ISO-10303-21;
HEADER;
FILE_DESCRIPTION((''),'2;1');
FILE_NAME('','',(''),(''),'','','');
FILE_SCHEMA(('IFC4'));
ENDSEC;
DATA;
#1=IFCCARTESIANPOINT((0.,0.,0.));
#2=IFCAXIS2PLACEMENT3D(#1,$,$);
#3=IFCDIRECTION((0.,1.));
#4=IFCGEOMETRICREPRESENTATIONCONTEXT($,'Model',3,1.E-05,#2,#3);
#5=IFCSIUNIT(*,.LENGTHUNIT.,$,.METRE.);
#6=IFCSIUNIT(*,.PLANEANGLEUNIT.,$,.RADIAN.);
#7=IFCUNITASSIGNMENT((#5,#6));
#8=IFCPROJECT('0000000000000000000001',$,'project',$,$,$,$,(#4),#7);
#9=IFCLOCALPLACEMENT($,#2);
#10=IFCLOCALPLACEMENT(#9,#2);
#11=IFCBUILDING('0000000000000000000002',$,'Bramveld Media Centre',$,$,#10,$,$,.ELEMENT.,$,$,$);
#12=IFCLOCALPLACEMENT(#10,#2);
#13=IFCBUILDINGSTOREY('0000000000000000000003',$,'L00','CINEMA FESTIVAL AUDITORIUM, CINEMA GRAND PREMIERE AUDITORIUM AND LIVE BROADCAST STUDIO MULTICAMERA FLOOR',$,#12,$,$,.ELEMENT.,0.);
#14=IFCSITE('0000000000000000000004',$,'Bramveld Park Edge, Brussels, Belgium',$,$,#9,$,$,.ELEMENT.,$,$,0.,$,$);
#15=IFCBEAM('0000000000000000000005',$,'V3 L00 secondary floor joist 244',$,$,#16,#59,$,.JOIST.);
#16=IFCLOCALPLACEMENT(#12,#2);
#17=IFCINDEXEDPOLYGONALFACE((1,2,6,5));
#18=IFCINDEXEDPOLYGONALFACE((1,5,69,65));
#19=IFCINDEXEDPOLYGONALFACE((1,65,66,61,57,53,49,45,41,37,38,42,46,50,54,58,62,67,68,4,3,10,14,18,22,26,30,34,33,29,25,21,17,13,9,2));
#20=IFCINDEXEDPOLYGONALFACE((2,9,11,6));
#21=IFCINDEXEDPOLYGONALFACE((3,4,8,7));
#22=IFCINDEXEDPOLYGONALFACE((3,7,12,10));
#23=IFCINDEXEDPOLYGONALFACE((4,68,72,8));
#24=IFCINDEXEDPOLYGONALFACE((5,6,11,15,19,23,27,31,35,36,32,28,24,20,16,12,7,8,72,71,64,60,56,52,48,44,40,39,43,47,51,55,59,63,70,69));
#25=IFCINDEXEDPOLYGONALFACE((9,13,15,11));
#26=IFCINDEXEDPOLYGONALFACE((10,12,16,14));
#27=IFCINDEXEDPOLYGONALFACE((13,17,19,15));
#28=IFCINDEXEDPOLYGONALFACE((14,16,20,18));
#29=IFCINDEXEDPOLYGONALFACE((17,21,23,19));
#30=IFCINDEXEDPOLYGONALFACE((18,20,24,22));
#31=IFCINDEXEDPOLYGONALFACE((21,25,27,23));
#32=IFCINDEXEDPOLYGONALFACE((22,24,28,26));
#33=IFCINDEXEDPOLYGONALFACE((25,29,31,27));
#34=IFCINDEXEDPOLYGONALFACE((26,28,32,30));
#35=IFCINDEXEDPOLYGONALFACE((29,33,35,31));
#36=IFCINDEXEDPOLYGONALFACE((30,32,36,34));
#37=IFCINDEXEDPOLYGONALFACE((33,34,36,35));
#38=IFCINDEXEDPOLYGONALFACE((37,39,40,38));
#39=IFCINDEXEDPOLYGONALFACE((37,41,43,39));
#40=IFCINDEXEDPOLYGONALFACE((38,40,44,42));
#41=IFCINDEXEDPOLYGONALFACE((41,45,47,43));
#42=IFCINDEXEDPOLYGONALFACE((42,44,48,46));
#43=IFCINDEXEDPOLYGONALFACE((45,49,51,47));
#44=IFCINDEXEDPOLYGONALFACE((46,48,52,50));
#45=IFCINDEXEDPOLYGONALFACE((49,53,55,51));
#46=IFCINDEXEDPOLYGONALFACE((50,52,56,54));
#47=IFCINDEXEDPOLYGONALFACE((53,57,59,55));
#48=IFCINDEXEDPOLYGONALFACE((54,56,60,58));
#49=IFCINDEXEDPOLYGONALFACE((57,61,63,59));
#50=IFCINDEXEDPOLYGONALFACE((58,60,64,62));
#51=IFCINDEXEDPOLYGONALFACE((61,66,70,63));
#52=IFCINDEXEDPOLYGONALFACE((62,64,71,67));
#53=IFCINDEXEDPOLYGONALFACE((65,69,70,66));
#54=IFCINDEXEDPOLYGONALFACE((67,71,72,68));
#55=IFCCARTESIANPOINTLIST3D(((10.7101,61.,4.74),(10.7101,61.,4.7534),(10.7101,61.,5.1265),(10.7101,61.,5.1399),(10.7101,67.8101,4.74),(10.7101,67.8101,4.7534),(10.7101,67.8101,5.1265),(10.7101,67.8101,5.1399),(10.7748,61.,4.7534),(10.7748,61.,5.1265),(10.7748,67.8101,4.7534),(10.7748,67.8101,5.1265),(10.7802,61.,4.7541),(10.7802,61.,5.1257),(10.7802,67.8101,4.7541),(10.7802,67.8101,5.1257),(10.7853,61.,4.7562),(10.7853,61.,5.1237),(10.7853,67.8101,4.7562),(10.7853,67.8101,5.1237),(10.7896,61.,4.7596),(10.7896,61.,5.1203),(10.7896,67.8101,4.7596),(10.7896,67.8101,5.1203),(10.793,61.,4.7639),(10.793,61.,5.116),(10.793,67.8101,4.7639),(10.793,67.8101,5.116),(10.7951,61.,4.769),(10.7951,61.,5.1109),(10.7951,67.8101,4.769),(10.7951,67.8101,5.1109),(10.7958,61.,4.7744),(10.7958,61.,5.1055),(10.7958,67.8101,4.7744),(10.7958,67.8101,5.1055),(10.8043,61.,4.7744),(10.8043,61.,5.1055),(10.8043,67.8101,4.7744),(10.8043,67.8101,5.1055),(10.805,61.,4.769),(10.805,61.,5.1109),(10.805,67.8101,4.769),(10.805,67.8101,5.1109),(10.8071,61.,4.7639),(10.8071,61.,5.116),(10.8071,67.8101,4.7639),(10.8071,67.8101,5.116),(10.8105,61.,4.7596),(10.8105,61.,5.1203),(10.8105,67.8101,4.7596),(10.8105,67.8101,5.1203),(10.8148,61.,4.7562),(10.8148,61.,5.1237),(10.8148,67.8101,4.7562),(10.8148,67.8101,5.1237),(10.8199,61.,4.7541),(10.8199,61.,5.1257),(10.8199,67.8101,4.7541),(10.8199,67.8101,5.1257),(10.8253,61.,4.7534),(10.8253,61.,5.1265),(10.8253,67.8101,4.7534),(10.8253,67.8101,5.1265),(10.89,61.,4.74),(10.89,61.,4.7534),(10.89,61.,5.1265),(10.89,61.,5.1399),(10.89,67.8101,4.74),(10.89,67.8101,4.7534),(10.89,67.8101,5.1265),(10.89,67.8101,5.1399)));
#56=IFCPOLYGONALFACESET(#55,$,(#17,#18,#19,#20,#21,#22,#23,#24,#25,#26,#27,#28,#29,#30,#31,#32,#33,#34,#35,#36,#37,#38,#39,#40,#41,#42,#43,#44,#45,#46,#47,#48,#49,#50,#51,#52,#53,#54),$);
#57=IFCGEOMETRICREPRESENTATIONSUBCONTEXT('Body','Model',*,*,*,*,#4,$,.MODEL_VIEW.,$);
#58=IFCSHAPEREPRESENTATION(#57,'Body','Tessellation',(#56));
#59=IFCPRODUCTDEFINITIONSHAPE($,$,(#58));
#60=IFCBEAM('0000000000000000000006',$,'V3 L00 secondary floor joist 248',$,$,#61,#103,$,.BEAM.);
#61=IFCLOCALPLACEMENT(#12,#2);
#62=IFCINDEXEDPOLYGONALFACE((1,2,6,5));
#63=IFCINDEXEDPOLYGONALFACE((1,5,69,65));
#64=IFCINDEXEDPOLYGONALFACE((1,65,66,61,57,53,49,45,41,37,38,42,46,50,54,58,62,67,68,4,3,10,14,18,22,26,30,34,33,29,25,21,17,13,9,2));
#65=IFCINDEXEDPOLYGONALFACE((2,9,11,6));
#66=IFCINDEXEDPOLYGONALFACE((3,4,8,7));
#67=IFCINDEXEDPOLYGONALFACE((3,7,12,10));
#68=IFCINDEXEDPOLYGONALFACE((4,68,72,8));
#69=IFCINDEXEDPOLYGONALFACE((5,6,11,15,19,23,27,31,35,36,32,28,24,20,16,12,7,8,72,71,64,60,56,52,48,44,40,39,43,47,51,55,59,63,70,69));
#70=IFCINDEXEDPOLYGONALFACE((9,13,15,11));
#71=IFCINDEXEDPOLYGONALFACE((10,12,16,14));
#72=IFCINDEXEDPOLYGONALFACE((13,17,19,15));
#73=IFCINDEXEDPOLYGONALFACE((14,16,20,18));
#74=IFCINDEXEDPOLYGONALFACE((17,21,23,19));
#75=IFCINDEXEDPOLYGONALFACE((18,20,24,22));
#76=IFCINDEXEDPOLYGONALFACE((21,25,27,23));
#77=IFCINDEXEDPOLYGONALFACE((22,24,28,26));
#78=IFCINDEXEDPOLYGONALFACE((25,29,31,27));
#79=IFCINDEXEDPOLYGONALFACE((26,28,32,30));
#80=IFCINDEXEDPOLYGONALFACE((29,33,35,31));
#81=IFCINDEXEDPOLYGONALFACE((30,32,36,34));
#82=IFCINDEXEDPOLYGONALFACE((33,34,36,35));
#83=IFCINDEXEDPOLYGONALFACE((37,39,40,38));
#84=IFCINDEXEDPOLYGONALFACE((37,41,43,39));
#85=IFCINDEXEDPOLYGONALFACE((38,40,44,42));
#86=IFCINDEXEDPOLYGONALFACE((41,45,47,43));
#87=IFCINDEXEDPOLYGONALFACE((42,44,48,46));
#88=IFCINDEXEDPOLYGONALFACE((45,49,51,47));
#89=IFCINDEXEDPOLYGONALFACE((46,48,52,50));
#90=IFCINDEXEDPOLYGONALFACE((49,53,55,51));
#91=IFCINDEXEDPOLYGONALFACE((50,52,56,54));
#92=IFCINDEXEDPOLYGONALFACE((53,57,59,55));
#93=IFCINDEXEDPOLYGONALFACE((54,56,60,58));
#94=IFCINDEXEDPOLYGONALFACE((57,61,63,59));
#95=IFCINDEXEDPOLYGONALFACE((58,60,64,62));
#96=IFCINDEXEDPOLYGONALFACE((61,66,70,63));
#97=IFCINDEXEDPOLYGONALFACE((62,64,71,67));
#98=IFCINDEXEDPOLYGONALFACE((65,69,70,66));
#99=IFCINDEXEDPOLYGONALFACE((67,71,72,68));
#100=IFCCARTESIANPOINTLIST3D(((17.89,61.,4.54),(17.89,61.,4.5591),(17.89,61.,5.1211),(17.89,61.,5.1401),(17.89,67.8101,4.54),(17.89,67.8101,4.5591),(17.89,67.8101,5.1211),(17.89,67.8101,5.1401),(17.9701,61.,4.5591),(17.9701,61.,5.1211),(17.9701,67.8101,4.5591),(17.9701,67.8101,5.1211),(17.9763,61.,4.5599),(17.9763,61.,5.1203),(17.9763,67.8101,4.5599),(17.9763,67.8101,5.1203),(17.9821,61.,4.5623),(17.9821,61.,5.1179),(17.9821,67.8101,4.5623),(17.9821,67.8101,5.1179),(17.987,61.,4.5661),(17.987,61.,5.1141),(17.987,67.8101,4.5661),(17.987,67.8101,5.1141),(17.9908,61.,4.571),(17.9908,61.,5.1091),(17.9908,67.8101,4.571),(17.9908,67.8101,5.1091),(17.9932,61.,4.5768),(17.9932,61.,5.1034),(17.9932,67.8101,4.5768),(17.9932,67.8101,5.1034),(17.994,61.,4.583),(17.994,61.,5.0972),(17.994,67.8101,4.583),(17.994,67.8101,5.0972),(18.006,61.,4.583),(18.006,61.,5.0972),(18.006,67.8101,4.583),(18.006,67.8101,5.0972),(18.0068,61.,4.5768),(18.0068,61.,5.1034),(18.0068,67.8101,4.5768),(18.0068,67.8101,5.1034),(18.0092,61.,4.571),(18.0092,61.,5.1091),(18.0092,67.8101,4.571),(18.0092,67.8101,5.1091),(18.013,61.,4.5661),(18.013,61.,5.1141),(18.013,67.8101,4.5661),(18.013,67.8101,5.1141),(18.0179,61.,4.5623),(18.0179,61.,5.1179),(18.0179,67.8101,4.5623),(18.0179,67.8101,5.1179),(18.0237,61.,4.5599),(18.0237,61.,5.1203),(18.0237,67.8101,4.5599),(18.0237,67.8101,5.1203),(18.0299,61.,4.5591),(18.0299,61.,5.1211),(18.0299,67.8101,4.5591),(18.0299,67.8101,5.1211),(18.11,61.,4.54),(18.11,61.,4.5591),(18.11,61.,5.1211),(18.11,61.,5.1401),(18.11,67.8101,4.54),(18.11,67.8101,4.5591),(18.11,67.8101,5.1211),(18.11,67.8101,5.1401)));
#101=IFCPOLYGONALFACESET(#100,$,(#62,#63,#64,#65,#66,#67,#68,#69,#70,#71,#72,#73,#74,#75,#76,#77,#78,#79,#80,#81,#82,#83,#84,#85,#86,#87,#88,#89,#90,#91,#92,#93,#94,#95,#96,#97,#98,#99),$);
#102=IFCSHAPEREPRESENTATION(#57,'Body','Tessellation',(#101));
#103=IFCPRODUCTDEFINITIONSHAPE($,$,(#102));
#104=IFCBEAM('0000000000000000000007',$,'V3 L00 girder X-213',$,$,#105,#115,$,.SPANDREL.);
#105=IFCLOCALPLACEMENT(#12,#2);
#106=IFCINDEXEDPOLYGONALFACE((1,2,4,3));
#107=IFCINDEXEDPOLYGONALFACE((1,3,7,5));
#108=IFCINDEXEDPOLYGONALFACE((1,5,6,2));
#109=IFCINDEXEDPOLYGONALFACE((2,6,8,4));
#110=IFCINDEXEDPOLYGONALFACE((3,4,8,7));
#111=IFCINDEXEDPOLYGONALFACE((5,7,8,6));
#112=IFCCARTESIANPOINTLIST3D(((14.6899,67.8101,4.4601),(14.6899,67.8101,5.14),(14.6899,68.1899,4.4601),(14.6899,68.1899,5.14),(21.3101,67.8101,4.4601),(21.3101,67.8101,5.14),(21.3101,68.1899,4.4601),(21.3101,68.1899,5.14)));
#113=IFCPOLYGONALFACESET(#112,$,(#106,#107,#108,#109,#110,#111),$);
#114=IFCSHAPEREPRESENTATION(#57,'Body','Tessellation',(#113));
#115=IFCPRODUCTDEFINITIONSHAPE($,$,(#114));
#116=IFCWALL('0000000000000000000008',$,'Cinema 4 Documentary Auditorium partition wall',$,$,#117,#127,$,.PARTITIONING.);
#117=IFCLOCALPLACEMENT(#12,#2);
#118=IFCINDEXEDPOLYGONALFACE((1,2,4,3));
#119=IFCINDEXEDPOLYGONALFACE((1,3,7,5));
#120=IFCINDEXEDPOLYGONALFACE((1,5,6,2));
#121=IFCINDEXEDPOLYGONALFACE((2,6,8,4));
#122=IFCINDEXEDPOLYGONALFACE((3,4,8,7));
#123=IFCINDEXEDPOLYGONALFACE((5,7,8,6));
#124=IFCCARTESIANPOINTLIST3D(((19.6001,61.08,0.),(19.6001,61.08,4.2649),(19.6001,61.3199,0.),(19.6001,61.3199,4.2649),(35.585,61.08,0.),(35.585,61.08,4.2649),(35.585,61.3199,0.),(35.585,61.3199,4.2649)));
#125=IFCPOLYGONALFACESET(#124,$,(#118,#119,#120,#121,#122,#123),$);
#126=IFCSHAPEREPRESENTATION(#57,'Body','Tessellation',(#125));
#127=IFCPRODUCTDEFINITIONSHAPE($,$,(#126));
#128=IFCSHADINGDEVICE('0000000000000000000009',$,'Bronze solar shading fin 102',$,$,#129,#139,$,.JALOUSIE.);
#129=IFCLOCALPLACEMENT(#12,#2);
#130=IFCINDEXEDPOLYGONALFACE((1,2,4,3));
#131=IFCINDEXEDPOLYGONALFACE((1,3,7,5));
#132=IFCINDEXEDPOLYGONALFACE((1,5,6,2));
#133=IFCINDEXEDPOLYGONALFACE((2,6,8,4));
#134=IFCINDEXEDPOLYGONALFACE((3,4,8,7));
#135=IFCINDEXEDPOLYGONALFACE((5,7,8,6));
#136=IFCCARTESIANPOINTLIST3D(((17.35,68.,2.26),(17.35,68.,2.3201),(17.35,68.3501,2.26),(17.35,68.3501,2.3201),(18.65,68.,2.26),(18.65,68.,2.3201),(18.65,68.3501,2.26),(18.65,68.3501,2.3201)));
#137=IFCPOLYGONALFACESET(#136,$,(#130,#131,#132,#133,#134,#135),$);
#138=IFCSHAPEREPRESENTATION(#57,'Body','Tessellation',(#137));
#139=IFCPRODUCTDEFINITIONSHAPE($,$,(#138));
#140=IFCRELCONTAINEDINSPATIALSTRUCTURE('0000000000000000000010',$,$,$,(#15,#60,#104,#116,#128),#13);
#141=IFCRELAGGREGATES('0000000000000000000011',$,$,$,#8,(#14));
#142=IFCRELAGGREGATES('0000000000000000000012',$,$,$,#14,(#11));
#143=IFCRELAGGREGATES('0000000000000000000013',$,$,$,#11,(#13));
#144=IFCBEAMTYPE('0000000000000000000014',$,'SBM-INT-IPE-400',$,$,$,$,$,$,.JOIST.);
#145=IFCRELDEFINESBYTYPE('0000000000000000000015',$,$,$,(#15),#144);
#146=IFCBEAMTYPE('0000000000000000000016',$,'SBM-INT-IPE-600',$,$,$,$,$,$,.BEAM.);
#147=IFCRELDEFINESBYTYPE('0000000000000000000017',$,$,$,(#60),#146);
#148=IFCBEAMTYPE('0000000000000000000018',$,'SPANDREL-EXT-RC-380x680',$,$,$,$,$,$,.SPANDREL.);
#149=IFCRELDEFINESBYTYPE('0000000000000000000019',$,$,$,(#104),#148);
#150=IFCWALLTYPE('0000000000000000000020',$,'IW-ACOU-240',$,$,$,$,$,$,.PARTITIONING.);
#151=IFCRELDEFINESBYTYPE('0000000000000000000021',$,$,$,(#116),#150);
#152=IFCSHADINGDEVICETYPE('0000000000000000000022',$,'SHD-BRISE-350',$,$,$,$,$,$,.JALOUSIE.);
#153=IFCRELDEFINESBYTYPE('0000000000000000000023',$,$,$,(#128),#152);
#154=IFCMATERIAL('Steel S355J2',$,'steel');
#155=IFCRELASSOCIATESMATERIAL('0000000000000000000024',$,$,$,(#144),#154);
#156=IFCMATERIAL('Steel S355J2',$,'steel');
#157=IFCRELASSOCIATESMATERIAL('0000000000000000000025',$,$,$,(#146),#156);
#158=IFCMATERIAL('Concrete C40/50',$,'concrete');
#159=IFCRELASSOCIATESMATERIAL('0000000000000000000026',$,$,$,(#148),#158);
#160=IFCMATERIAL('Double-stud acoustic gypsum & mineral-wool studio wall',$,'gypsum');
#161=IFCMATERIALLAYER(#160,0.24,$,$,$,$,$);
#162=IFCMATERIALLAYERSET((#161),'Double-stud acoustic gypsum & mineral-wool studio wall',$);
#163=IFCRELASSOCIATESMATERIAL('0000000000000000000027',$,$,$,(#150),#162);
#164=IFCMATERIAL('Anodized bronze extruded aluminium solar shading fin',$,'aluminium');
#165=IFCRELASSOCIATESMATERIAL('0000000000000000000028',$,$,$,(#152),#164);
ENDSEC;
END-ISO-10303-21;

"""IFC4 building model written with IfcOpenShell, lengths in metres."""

from ifc_helpers import new_model, si_unit, direction, frame, frame_2d, origin, origin_2d, place, context, subcontext, project, spatial, rectangle, i_section, extrude, material, layer, layer_set, material_profile, profile_set, type_object, element, save


model = new_model("IFC4")

# Units and contexts
model_context = context("Model", 3, precision=1e-05, world=origin(), true_north=direction((0.0, 1.0)))
body_context = subcontext(model_context, "Body", "Model", "MODEL_VIEW")
ifc_project = project(units=[si_unit("LENGTHUNIT", "METRE"), si_unit("PLANEANGLEUNIT", "RADIAN")], contexts=[model_context])

# Site, building, storey
site_placement = place(None, origin())
site = spatial("IfcSite", under=ifc_project, at=site_placement, Name="Bramveld Park Edge, Brussels, Belgium", CompositionType="ELEMENT", RefElevation=0.0)
building_placement = place(site_placement, origin())
building = spatial("IfcBuilding", under=site, at=building_placement, Name="Bramveld Media Centre", CompositionType="ELEMENT")
storey_placement = place(building_placement, origin())
storey = spatial("IfcBuildingStorey", under=building, at=storey_placement, Name="L00", Description="CINEMA FESTIVAL AUDITORIUM, CINEMA GRAND PREMIERE AUDITORIUM AND LIVE BROADCAST STUDIO MULTICAMERA FLOOR", CompositionType="ELEMENT", Elevation=0.0)

# Beams
ifc_material_1 = material(Name="Steel S355J2", Category="steel")
ifc_material_profile_1 = material_profile(ifc_material_1, i_section(OverallWidth=0.1799, OverallDepth=0.3999, WebThickness=0.0085, FlangeThickness=0.0134, FilletRadius=0.021, at=origin_2d()), Name="IPE 400")
ifc_profile_set_1 = profile_set([ifc_material_profile_1], Name="Steel S355J2")
beam_type_1 = type_object("IfcBeamType", Name="SBM-INT-IPE-400", PredefinedType="JOIST", material=ifc_profile_set_1)
beam_1_placement = place(storey_placement, frame((10.8, 61.0, 4.9399), z_axis=(0.0, 1.0, 0.0), x_axis=(-1.0, 0.0, 0.0)))
element("IfcBeam", 1, at=beam_1_placement, inside=storey, type_object=beam_type_1, Name="V3 L00 secondary floor joist 244", PredefinedType="JOIST", context=body_context, shape_type="SweptSolid", body=[
    extrude(i_section(OverallWidth=0.1799, OverallDepth=0.3999, WebThickness=0.0085, FlangeThickness=0.0134, FilletRadius=0.021, at=origin_2d()), origin(), (0.0, 0.0, 1.0), 6.8101),
])
ifc_material_2 = material(Name="Steel S355J2", Category="steel")
ifc_material_profile_2 = material_profile(ifc_material_2, i_section(OverallWidth=0.22, OverallDepth=0.6001, WebThickness=0.012, FlangeThickness=0.019, FilletRadius=0.0239, at=origin_2d()), Name="IPE 600")
ifc_profile_set_2 = profile_set([ifc_material_profile_2], Name="Steel S355J2")
beam_type_2 = type_object("IfcBeamType", Name="SBM-INT-IPE-600", PredefinedType="BEAM", material=ifc_profile_set_2)
beam_2_placement = place(storey_placement, frame((18.0, 61.0, 4.8401), z_axis=(0.0, 1.0, 0.0), x_axis=(-1.0, 0.0, 0.0)))
element("IfcBeam", 2, at=beam_2_placement, inside=storey, type_object=beam_type_2, Name="V3 L00 secondary floor joist 248", PredefinedType="BEAM", context=body_context, shape_type="SweptSolid", body=[
    extrude(i_section(OverallWidth=0.22, OverallDepth=0.6001, WebThickness=0.012, FlangeThickness=0.019, FilletRadius=0.0239, at=origin_2d()), origin(), (0.0, 0.0, 1.0), 6.8101),
])
ifc_material_3 = material(Name="Concrete C40/50", Category="concrete")
ifc_material_profile_3 = material_profile(ifc_material_3, rectangle(XDim=0.3799, YDim=0.6799, at=origin_2d()), Name="RC 380x680")
ifc_profile_set_3 = profile_set([ifc_material_profile_3], Name="Concrete C40/50")
beam_type_3 = type_object("IfcBeamType", Name="SPANDREL-EXT-RC-380x680", PredefinedType="SPANDREL", material=ifc_profile_set_3)
beam_3_placement = place(storey_placement, frame((14.6899, 68.0, 4.8), z_axis=(1.0, 0.0, 0.0), x_axis=(0.0, 1.0, 0.0)))
element("IfcBeam", 3, at=beam_3_placement, inside=storey, type_object=beam_type_3, Name="V3 L00 girder X-213", PredefinedType="SPANDREL", context=body_context, shape_type="SweptSolid", body=[
    extrude(rectangle(XDim=0.3799, YDim=0.6799, at=origin_2d()), origin(), (0.0, 0.0, 1.0), 6.6201),
])

# Wall
ifc_material_4 = material(Name="Double-stud acoustic gypsum & mineral-wool studio wall", Category="gypsum")
ifc_layer = layer(ifc_material_4, 0.24)
ifc_layer_set = layer_set([ifc_layer], Name="Double-stud acoustic gypsum & mineral-wool studio wall")
wall_type = type_object("IfcWallType", Name="IW-ACOU-240", PredefinedType="PARTITIONING", material=ifc_layer_set)
wall_placement = place(storey_placement, frame((19.6001, 61.2, 0.0), z_axis=(0.0, 0.0, 1.0), x_axis=(1.0, 0.0, 0.0)))
element("IfcWall", 4, at=wall_placement, inside=storey, type_object=wall_type, Name="Cinema 4 Documentary Auditorium partition wall", PredefinedType="PARTITIONING", context=body_context, shape_type="SweptSolid", body=[
    extrude(rectangle(XDim=15.9849, YDim=0.24, at=frame_2d((7.9924, 0.0))), origin(), (0.0, 0.0, 1.0), 4.2649),
])

# Shading device
ifc_material_5 = material(Name="Anodized bronze extruded aluminium solar shading fin", Category="aluminium")
shading_device_type = type_object("IfcShadingDeviceType", Name="SHD-BRISE-350", PredefinedType="JALOUSIE", material=ifc_material_5)
shading_device_placement = place(storey_placement, frame((18.0, 68.175, 2.26), z_axis=(0.0, 0.0, 1.0), x_axis=(1.0, 0.0, 0.0)))
element("IfcShadingDevice", 5, at=shading_device_placement, inside=storey, type_object=shading_device_type, Name="Bronze solar shading fin 102", PredefinedType="JALOUSIE", context=body_context, shape_type="SweptSolid", body=[
    extrude(rectangle(XDim=1.3, YDim=0.3501, at=origin_2d()), origin(), (0.0, 0.0, 1.0), 0.0601),
])

save(model, "model.ifc")
